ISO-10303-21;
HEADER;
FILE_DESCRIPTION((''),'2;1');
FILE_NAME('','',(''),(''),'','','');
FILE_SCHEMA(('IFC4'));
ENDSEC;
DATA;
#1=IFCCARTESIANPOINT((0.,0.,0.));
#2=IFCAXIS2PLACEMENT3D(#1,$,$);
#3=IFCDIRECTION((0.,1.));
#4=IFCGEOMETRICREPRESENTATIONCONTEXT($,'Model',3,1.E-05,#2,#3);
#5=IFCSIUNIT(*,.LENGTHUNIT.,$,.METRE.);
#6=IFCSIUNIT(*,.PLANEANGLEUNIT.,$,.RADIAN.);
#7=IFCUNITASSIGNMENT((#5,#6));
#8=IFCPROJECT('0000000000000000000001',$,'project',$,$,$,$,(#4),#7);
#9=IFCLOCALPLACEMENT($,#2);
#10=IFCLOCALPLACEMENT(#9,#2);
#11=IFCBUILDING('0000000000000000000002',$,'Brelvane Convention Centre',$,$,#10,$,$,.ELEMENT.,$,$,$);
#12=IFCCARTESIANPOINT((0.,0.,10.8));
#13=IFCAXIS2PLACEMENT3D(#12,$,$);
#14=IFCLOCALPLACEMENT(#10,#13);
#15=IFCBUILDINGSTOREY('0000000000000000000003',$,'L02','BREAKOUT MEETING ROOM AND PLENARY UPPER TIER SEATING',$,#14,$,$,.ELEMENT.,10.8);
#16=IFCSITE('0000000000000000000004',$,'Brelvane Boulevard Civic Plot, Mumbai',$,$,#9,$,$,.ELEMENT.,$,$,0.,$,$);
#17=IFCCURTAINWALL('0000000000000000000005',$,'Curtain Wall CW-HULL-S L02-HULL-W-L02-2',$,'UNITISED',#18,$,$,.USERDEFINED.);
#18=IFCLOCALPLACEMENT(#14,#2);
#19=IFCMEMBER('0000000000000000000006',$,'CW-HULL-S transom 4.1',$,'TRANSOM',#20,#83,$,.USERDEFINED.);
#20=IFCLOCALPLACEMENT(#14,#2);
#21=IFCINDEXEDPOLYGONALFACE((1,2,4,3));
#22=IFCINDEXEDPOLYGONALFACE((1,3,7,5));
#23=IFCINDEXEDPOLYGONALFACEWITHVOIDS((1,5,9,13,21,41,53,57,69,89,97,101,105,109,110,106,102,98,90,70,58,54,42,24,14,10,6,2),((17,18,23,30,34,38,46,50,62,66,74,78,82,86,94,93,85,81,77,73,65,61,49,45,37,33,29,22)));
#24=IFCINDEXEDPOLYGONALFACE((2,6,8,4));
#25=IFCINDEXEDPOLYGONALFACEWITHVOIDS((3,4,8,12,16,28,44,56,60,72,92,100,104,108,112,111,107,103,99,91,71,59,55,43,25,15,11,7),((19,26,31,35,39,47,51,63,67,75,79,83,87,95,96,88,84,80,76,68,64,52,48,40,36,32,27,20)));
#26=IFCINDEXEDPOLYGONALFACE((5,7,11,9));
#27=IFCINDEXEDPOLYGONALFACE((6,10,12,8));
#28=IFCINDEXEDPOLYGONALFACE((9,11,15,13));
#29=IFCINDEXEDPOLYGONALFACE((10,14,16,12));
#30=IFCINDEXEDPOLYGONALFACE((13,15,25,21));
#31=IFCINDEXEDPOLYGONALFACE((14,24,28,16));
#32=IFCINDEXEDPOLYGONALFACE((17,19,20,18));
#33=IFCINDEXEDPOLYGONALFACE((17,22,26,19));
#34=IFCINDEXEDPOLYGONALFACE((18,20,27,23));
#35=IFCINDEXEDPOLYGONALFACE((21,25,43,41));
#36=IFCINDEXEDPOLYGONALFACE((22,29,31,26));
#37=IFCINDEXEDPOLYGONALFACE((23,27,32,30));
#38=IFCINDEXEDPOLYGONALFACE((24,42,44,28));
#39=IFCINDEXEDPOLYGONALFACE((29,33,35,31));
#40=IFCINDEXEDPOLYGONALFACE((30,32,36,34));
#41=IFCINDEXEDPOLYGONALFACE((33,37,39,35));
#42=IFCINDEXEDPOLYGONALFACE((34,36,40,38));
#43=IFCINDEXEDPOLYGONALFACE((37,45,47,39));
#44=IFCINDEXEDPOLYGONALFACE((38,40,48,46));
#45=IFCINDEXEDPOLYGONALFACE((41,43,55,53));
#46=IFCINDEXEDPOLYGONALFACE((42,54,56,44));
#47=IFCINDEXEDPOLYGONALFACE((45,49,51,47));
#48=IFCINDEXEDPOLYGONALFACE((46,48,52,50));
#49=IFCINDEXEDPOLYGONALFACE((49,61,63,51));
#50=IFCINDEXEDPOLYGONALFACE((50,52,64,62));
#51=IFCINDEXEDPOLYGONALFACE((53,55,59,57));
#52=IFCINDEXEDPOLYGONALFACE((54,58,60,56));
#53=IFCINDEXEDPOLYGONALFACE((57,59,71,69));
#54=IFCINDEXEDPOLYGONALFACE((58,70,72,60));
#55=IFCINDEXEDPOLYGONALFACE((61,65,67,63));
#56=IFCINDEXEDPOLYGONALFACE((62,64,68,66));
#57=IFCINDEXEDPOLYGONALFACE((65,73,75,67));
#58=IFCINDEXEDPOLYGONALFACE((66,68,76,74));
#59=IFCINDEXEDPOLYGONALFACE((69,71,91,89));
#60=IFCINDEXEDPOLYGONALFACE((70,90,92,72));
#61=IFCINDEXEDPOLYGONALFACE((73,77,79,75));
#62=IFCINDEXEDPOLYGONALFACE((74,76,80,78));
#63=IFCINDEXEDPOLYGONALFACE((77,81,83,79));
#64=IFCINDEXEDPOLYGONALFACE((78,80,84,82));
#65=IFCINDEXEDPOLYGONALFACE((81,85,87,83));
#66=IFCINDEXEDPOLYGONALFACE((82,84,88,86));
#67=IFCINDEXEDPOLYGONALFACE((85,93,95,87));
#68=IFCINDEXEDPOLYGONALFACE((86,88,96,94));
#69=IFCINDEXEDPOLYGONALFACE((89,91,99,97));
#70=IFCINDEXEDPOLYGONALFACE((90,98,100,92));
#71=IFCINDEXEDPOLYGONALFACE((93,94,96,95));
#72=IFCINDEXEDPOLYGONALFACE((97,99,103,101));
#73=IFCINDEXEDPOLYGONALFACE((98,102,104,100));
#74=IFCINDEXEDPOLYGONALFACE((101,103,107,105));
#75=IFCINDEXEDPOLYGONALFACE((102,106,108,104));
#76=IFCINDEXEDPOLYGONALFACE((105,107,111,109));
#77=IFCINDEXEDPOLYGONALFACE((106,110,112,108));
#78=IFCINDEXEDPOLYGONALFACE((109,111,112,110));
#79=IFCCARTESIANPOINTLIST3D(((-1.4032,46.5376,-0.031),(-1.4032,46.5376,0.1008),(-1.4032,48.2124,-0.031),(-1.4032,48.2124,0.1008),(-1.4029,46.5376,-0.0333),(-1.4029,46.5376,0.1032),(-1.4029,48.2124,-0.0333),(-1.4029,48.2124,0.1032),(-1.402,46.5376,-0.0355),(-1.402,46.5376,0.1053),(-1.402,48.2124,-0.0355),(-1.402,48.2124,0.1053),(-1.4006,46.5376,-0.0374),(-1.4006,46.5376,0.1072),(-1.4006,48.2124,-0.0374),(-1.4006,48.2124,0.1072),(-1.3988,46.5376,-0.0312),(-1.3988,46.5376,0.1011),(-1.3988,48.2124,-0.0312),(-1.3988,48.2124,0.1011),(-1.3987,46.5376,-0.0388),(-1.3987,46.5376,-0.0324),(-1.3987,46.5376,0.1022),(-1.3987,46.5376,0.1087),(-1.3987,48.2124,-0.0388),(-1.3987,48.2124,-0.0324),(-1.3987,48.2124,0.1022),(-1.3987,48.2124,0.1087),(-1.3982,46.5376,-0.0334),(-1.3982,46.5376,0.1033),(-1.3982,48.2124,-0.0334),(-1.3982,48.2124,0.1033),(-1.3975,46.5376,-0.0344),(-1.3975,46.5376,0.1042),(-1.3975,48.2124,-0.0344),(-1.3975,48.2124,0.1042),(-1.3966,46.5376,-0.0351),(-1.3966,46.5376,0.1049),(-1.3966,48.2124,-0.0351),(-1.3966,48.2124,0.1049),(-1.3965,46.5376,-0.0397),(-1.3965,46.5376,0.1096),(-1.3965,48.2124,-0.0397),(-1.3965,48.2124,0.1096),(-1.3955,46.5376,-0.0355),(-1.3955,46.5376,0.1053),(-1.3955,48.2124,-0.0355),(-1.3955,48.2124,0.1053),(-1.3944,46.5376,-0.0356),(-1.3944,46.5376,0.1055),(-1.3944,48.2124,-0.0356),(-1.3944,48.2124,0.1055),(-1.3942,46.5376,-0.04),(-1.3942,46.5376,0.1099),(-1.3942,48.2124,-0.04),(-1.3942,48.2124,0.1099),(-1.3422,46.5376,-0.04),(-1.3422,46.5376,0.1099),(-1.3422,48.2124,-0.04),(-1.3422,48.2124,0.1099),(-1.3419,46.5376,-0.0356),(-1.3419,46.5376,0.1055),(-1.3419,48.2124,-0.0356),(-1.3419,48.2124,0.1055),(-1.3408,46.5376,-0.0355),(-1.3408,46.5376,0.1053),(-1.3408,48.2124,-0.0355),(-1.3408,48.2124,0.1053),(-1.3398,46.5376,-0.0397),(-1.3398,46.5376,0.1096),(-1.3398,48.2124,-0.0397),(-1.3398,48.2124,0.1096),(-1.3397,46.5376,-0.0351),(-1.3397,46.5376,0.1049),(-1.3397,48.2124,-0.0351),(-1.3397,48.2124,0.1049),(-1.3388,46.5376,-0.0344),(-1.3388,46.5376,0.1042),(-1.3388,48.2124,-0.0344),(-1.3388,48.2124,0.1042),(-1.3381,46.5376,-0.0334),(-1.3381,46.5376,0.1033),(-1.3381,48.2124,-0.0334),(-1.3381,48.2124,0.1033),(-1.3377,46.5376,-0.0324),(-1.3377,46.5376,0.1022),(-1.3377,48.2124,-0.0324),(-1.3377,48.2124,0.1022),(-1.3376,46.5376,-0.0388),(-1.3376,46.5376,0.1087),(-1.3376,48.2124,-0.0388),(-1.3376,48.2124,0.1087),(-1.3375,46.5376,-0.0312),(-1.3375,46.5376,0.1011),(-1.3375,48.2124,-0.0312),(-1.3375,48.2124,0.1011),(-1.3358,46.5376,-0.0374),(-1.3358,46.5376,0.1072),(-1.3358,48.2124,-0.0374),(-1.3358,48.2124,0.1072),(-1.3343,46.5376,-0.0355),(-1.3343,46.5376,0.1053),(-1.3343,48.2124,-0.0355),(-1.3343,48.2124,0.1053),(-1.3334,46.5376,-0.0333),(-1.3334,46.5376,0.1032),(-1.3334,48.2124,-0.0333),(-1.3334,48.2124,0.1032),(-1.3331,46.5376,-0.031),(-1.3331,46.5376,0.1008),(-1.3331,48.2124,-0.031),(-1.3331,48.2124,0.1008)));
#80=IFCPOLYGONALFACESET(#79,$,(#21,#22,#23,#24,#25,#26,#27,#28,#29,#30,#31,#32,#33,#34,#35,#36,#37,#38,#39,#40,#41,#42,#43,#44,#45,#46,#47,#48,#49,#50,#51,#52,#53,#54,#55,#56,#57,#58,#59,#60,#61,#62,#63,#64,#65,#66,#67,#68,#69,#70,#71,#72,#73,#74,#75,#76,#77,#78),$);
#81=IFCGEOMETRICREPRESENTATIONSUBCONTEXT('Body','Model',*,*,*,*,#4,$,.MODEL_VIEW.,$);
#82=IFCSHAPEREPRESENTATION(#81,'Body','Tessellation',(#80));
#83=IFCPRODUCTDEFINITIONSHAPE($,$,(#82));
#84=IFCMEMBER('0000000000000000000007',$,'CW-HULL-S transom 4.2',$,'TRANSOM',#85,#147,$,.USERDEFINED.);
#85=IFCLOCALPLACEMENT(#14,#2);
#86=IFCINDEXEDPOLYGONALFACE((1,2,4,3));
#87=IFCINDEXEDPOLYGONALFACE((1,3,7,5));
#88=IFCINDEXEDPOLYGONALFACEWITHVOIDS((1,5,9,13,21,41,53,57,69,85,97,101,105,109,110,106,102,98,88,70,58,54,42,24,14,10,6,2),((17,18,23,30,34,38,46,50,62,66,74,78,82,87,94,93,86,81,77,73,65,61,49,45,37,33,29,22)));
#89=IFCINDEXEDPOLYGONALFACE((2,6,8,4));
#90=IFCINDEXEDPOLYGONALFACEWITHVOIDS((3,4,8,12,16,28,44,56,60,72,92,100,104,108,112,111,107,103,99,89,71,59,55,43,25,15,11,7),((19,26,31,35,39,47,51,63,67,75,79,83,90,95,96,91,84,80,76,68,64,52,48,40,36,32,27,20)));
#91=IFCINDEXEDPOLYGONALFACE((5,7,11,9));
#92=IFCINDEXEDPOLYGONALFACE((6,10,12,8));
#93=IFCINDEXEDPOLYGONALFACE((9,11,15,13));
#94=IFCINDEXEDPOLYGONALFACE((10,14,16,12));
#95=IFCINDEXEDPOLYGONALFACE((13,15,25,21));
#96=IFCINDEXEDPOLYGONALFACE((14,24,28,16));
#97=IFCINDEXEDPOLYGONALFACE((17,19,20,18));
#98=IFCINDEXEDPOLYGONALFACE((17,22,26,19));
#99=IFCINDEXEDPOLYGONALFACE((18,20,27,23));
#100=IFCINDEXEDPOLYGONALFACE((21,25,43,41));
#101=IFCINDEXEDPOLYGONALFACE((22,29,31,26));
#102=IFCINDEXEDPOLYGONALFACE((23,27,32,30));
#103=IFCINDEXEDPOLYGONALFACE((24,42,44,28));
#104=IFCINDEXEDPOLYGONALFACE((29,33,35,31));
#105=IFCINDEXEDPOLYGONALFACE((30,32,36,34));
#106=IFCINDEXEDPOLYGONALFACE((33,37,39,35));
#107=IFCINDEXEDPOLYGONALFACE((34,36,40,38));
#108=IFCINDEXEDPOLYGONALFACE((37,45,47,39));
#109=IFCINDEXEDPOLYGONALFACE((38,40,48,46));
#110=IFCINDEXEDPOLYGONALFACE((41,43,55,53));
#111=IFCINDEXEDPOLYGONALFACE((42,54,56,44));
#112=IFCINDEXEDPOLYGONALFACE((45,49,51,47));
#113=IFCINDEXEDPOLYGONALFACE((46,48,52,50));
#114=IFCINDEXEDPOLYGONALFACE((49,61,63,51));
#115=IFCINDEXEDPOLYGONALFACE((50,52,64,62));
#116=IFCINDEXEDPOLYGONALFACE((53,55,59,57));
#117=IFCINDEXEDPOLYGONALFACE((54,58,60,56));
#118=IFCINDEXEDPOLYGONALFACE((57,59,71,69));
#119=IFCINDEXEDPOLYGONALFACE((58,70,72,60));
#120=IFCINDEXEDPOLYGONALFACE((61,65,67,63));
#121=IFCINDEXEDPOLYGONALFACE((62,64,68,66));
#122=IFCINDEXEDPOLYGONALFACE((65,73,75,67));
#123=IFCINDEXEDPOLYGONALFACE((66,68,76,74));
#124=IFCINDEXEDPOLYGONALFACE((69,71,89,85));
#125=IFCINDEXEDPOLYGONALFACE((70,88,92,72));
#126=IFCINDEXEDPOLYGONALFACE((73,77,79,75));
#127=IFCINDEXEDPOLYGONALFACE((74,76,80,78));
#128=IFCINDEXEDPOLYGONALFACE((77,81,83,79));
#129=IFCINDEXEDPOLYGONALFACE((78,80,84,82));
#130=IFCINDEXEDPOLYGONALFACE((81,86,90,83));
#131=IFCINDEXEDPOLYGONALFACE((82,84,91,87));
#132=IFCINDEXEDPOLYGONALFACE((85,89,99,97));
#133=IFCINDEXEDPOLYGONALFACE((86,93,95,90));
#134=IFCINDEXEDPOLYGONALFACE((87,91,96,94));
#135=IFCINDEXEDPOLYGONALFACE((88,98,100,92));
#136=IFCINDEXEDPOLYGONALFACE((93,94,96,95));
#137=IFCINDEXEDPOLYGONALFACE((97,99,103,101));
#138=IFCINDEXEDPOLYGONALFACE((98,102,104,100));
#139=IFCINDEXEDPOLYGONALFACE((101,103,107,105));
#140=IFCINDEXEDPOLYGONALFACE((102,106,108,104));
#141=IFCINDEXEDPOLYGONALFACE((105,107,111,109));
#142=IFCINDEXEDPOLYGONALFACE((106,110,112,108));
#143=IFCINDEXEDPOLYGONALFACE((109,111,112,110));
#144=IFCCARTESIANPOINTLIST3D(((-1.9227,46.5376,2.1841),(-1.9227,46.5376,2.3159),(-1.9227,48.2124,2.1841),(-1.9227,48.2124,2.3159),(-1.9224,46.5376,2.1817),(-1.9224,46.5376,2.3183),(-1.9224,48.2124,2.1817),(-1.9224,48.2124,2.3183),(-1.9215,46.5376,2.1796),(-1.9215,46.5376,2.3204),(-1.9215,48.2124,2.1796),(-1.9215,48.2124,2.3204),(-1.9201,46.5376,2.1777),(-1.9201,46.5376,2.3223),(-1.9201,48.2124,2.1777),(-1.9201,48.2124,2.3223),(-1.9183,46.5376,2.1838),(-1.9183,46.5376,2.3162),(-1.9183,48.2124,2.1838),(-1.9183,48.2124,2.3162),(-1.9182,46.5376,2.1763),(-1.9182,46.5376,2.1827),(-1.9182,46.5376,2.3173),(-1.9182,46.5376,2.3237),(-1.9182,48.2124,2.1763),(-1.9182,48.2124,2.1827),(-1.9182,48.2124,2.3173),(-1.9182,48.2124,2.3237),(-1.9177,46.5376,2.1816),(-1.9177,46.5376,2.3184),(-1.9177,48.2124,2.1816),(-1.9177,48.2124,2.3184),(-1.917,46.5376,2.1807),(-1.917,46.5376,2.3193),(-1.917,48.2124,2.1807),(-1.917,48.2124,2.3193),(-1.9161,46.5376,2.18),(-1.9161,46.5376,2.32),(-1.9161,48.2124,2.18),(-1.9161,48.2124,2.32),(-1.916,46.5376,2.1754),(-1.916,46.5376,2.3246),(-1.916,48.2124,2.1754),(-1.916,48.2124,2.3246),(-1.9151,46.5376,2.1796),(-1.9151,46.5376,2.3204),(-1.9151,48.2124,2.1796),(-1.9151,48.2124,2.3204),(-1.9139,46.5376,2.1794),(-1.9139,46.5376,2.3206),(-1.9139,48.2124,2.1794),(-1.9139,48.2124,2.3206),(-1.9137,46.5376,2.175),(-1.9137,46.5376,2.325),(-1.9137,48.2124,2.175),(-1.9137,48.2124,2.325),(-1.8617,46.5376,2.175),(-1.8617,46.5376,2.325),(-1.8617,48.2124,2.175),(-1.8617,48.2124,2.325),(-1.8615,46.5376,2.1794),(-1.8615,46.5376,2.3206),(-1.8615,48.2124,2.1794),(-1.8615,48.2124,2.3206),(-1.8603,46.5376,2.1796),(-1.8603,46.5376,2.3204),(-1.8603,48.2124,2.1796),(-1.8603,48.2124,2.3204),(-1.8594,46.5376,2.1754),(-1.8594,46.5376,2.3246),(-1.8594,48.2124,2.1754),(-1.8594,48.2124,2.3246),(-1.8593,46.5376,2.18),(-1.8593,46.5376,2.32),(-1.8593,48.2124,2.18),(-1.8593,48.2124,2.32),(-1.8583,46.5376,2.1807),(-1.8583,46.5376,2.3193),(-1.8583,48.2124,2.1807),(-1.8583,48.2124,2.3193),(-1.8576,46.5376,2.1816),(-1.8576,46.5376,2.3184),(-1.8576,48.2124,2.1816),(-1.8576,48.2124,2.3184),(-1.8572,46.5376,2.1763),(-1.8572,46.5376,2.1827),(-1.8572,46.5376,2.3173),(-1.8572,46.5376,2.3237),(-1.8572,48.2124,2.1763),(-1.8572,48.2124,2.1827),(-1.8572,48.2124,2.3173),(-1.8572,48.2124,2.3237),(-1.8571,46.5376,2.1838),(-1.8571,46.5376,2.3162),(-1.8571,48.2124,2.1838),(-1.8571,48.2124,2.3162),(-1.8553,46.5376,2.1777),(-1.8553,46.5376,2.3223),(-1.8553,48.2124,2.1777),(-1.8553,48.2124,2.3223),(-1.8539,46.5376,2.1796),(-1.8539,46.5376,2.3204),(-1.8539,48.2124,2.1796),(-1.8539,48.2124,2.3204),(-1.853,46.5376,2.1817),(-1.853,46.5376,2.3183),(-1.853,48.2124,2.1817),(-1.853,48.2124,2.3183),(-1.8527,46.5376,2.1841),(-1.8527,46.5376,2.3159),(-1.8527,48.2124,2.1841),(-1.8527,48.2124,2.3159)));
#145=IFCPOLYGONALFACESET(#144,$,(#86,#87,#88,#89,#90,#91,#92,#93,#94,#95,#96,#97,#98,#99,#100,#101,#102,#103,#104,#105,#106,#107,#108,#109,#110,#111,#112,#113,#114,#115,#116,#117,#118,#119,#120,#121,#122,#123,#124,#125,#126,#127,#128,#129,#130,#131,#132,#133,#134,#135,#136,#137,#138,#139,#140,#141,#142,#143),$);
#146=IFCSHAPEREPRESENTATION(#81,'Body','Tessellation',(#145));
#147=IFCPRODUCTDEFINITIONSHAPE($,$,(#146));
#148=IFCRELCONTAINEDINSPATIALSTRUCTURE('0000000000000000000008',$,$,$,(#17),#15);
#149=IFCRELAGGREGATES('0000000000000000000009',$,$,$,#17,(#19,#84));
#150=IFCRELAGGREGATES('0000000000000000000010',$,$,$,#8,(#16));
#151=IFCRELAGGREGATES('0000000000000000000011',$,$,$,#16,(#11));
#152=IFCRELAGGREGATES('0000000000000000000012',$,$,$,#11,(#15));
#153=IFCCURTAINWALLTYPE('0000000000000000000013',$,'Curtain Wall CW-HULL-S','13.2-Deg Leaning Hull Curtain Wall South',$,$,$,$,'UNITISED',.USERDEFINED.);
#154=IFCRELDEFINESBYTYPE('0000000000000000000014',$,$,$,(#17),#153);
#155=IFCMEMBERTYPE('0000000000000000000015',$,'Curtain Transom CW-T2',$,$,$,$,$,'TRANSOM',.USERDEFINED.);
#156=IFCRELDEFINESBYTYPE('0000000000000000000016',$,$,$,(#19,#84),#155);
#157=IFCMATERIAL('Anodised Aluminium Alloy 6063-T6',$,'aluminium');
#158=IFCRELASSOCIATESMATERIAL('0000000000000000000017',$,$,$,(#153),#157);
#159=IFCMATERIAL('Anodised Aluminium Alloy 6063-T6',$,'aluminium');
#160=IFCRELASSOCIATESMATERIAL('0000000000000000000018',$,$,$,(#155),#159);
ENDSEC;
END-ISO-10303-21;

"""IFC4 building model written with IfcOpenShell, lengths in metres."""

from ifc_helpers import new_model, si_unit, direction, frame, origin, origin_2d, place, context, subcontext, project, spatial, hollow_rectangle, extrude, material, material_profile, profile_set, type_object, element, aggregate, save


model = new_model("IFC4")

# Units and contexts
model_context = context("Model", 3, precision=1e-05, world=origin(), true_north=direction((0.0, 1.0)))
body_context = subcontext(model_context, "Body", "Model", "MODEL_VIEW")
ifc_project = project(units=[si_unit("LENGTHUNIT", "METRE"), si_unit("PLANEANGLEUNIT", "RADIAN")], contexts=[model_context])

# Site, building, storey
site_placement = place(None, origin())
site = spatial("IfcSite", under=ifc_project, at=site_placement, Name="Brelvane Boulevard Civic Plot, Mumbai", CompositionType="ELEMENT", RefElevation=0.0)
building_placement = place(site_placement, origin())
building = spatial("IfcBuilding", under=site, at=building_placement, Name="Brelvane Convention Centre", CompositionType="ELEMENT")
storey_placement = place(building_placement, frame((0.0, 0.0, 10.8)))
storey = spatial("IfcBuildingStorey", under=building, at=storey_placement, Name="L02", Description="BREAKOUT MEETING ROOM AND PLENARY UPPER TIER SEATING", CompositionType="ELEMENT", Elevation=10.8)

# Curtain wall, members
ifc_material_1 = material(Name="Anodised Aluminium Alloy 6063-T6", Category="aluminium")
curtain_wall_type = type_object("IfcCurtainWallType", Name="Curtain Wall CW-HULL-S", Description="13.2-Deg Leaning Hull Curtain Wall South", ElementType="UNITISED", PredefinedType="USERDEFINED", material=ifc_material_1)
curtain_wall_placement = place(storey_placement, origin())
curtain_wall = element("IfcCurtainWall", 1, at=curtain_wall_placement, inside=storey, type_object=curtain_wall_type, Name="Curtain Wall CW-HULL-S L02-HULL-W-L02-2", ObjectType="UNITISED", PredefinedType="USERDEFINED")
ifc_material_2 = material(Name="Anodised Aluminium Alloy 6063-T6", Category="aluminium")
ifc_material_profile_1 = material_profile(ifc_material_2, hollow_rectangle(XDim=0.0701, YDim=0.1499, WallThickness=0.0044, InnerFilletRadius=0.0044, OuterFilletRadius=0.009, at=origin_2d()), Name="ALU-T 150x70x4.5")
ifc_profile_set_1 = profile_set([ifc_material_profile_1], Name="Anodised Aluminium Alloy 6063-T6")
member_type_1 = type_object("IfcMemberType", Name="Curtain Transom CW-T2", ElementType="TRANSOM", PredefinedType="USERDEFINED", material=ifc_profile_set_1)
member_1_placement = place(storey_placement, frame((-1.3682, 46.5376, 0.0349), z_axis=(0.0, 1.0, 0.0), x_axis=(-1.0, 0.0, 0.0)))
member_1 = element("IfcMember", 2, at=member_1_placement, type_object=member_type_1, Name="CW-HULL-S transom 4.1", ObjectType="TRANSOM", PredefinedType="USERDEFINED", context=body_context, shape_type="SweptSolid", body=[
    extrude(hollow_rectangle(XDim=0.0701, YDim=0.1499, WallThickness=0.0044, InnerFilletRadius=0.0044, OuterFilletRadius=0.009, at=origin_2d()), origin(), (0.0, 0.0, 1.0), 1.6748),
])
member_2_placement = place(storey_placement, frame((-1.8877, 46.5376, 2.25), z_axis=(0.0, 1.0, 0.0), x_axis=(-1.0, 0.0, 0.0)))
member_2 = element("IfcMember", 3, at=member_2_placement, type_object=member_type_1, Name="CW-HULL-S transom 4.2", ObjectType="TRANSOM", PredefinedType="USERDEFINED", context=body_context, shape_type="SweptSolid", body=[
    extrude(hollow_rectangle(XDim=0.0701, YDim=0.1499, WallThickness=0.0044, InnerFilletRadius=0.0044, OuterFilletRadius=0.009, at=origin_2d()), origin(), (0.0, 0.0, 1.0), 1.6748),
])
aggregate(curtain_wall, [member_1, member_2])

save(model, "model.ifc")
